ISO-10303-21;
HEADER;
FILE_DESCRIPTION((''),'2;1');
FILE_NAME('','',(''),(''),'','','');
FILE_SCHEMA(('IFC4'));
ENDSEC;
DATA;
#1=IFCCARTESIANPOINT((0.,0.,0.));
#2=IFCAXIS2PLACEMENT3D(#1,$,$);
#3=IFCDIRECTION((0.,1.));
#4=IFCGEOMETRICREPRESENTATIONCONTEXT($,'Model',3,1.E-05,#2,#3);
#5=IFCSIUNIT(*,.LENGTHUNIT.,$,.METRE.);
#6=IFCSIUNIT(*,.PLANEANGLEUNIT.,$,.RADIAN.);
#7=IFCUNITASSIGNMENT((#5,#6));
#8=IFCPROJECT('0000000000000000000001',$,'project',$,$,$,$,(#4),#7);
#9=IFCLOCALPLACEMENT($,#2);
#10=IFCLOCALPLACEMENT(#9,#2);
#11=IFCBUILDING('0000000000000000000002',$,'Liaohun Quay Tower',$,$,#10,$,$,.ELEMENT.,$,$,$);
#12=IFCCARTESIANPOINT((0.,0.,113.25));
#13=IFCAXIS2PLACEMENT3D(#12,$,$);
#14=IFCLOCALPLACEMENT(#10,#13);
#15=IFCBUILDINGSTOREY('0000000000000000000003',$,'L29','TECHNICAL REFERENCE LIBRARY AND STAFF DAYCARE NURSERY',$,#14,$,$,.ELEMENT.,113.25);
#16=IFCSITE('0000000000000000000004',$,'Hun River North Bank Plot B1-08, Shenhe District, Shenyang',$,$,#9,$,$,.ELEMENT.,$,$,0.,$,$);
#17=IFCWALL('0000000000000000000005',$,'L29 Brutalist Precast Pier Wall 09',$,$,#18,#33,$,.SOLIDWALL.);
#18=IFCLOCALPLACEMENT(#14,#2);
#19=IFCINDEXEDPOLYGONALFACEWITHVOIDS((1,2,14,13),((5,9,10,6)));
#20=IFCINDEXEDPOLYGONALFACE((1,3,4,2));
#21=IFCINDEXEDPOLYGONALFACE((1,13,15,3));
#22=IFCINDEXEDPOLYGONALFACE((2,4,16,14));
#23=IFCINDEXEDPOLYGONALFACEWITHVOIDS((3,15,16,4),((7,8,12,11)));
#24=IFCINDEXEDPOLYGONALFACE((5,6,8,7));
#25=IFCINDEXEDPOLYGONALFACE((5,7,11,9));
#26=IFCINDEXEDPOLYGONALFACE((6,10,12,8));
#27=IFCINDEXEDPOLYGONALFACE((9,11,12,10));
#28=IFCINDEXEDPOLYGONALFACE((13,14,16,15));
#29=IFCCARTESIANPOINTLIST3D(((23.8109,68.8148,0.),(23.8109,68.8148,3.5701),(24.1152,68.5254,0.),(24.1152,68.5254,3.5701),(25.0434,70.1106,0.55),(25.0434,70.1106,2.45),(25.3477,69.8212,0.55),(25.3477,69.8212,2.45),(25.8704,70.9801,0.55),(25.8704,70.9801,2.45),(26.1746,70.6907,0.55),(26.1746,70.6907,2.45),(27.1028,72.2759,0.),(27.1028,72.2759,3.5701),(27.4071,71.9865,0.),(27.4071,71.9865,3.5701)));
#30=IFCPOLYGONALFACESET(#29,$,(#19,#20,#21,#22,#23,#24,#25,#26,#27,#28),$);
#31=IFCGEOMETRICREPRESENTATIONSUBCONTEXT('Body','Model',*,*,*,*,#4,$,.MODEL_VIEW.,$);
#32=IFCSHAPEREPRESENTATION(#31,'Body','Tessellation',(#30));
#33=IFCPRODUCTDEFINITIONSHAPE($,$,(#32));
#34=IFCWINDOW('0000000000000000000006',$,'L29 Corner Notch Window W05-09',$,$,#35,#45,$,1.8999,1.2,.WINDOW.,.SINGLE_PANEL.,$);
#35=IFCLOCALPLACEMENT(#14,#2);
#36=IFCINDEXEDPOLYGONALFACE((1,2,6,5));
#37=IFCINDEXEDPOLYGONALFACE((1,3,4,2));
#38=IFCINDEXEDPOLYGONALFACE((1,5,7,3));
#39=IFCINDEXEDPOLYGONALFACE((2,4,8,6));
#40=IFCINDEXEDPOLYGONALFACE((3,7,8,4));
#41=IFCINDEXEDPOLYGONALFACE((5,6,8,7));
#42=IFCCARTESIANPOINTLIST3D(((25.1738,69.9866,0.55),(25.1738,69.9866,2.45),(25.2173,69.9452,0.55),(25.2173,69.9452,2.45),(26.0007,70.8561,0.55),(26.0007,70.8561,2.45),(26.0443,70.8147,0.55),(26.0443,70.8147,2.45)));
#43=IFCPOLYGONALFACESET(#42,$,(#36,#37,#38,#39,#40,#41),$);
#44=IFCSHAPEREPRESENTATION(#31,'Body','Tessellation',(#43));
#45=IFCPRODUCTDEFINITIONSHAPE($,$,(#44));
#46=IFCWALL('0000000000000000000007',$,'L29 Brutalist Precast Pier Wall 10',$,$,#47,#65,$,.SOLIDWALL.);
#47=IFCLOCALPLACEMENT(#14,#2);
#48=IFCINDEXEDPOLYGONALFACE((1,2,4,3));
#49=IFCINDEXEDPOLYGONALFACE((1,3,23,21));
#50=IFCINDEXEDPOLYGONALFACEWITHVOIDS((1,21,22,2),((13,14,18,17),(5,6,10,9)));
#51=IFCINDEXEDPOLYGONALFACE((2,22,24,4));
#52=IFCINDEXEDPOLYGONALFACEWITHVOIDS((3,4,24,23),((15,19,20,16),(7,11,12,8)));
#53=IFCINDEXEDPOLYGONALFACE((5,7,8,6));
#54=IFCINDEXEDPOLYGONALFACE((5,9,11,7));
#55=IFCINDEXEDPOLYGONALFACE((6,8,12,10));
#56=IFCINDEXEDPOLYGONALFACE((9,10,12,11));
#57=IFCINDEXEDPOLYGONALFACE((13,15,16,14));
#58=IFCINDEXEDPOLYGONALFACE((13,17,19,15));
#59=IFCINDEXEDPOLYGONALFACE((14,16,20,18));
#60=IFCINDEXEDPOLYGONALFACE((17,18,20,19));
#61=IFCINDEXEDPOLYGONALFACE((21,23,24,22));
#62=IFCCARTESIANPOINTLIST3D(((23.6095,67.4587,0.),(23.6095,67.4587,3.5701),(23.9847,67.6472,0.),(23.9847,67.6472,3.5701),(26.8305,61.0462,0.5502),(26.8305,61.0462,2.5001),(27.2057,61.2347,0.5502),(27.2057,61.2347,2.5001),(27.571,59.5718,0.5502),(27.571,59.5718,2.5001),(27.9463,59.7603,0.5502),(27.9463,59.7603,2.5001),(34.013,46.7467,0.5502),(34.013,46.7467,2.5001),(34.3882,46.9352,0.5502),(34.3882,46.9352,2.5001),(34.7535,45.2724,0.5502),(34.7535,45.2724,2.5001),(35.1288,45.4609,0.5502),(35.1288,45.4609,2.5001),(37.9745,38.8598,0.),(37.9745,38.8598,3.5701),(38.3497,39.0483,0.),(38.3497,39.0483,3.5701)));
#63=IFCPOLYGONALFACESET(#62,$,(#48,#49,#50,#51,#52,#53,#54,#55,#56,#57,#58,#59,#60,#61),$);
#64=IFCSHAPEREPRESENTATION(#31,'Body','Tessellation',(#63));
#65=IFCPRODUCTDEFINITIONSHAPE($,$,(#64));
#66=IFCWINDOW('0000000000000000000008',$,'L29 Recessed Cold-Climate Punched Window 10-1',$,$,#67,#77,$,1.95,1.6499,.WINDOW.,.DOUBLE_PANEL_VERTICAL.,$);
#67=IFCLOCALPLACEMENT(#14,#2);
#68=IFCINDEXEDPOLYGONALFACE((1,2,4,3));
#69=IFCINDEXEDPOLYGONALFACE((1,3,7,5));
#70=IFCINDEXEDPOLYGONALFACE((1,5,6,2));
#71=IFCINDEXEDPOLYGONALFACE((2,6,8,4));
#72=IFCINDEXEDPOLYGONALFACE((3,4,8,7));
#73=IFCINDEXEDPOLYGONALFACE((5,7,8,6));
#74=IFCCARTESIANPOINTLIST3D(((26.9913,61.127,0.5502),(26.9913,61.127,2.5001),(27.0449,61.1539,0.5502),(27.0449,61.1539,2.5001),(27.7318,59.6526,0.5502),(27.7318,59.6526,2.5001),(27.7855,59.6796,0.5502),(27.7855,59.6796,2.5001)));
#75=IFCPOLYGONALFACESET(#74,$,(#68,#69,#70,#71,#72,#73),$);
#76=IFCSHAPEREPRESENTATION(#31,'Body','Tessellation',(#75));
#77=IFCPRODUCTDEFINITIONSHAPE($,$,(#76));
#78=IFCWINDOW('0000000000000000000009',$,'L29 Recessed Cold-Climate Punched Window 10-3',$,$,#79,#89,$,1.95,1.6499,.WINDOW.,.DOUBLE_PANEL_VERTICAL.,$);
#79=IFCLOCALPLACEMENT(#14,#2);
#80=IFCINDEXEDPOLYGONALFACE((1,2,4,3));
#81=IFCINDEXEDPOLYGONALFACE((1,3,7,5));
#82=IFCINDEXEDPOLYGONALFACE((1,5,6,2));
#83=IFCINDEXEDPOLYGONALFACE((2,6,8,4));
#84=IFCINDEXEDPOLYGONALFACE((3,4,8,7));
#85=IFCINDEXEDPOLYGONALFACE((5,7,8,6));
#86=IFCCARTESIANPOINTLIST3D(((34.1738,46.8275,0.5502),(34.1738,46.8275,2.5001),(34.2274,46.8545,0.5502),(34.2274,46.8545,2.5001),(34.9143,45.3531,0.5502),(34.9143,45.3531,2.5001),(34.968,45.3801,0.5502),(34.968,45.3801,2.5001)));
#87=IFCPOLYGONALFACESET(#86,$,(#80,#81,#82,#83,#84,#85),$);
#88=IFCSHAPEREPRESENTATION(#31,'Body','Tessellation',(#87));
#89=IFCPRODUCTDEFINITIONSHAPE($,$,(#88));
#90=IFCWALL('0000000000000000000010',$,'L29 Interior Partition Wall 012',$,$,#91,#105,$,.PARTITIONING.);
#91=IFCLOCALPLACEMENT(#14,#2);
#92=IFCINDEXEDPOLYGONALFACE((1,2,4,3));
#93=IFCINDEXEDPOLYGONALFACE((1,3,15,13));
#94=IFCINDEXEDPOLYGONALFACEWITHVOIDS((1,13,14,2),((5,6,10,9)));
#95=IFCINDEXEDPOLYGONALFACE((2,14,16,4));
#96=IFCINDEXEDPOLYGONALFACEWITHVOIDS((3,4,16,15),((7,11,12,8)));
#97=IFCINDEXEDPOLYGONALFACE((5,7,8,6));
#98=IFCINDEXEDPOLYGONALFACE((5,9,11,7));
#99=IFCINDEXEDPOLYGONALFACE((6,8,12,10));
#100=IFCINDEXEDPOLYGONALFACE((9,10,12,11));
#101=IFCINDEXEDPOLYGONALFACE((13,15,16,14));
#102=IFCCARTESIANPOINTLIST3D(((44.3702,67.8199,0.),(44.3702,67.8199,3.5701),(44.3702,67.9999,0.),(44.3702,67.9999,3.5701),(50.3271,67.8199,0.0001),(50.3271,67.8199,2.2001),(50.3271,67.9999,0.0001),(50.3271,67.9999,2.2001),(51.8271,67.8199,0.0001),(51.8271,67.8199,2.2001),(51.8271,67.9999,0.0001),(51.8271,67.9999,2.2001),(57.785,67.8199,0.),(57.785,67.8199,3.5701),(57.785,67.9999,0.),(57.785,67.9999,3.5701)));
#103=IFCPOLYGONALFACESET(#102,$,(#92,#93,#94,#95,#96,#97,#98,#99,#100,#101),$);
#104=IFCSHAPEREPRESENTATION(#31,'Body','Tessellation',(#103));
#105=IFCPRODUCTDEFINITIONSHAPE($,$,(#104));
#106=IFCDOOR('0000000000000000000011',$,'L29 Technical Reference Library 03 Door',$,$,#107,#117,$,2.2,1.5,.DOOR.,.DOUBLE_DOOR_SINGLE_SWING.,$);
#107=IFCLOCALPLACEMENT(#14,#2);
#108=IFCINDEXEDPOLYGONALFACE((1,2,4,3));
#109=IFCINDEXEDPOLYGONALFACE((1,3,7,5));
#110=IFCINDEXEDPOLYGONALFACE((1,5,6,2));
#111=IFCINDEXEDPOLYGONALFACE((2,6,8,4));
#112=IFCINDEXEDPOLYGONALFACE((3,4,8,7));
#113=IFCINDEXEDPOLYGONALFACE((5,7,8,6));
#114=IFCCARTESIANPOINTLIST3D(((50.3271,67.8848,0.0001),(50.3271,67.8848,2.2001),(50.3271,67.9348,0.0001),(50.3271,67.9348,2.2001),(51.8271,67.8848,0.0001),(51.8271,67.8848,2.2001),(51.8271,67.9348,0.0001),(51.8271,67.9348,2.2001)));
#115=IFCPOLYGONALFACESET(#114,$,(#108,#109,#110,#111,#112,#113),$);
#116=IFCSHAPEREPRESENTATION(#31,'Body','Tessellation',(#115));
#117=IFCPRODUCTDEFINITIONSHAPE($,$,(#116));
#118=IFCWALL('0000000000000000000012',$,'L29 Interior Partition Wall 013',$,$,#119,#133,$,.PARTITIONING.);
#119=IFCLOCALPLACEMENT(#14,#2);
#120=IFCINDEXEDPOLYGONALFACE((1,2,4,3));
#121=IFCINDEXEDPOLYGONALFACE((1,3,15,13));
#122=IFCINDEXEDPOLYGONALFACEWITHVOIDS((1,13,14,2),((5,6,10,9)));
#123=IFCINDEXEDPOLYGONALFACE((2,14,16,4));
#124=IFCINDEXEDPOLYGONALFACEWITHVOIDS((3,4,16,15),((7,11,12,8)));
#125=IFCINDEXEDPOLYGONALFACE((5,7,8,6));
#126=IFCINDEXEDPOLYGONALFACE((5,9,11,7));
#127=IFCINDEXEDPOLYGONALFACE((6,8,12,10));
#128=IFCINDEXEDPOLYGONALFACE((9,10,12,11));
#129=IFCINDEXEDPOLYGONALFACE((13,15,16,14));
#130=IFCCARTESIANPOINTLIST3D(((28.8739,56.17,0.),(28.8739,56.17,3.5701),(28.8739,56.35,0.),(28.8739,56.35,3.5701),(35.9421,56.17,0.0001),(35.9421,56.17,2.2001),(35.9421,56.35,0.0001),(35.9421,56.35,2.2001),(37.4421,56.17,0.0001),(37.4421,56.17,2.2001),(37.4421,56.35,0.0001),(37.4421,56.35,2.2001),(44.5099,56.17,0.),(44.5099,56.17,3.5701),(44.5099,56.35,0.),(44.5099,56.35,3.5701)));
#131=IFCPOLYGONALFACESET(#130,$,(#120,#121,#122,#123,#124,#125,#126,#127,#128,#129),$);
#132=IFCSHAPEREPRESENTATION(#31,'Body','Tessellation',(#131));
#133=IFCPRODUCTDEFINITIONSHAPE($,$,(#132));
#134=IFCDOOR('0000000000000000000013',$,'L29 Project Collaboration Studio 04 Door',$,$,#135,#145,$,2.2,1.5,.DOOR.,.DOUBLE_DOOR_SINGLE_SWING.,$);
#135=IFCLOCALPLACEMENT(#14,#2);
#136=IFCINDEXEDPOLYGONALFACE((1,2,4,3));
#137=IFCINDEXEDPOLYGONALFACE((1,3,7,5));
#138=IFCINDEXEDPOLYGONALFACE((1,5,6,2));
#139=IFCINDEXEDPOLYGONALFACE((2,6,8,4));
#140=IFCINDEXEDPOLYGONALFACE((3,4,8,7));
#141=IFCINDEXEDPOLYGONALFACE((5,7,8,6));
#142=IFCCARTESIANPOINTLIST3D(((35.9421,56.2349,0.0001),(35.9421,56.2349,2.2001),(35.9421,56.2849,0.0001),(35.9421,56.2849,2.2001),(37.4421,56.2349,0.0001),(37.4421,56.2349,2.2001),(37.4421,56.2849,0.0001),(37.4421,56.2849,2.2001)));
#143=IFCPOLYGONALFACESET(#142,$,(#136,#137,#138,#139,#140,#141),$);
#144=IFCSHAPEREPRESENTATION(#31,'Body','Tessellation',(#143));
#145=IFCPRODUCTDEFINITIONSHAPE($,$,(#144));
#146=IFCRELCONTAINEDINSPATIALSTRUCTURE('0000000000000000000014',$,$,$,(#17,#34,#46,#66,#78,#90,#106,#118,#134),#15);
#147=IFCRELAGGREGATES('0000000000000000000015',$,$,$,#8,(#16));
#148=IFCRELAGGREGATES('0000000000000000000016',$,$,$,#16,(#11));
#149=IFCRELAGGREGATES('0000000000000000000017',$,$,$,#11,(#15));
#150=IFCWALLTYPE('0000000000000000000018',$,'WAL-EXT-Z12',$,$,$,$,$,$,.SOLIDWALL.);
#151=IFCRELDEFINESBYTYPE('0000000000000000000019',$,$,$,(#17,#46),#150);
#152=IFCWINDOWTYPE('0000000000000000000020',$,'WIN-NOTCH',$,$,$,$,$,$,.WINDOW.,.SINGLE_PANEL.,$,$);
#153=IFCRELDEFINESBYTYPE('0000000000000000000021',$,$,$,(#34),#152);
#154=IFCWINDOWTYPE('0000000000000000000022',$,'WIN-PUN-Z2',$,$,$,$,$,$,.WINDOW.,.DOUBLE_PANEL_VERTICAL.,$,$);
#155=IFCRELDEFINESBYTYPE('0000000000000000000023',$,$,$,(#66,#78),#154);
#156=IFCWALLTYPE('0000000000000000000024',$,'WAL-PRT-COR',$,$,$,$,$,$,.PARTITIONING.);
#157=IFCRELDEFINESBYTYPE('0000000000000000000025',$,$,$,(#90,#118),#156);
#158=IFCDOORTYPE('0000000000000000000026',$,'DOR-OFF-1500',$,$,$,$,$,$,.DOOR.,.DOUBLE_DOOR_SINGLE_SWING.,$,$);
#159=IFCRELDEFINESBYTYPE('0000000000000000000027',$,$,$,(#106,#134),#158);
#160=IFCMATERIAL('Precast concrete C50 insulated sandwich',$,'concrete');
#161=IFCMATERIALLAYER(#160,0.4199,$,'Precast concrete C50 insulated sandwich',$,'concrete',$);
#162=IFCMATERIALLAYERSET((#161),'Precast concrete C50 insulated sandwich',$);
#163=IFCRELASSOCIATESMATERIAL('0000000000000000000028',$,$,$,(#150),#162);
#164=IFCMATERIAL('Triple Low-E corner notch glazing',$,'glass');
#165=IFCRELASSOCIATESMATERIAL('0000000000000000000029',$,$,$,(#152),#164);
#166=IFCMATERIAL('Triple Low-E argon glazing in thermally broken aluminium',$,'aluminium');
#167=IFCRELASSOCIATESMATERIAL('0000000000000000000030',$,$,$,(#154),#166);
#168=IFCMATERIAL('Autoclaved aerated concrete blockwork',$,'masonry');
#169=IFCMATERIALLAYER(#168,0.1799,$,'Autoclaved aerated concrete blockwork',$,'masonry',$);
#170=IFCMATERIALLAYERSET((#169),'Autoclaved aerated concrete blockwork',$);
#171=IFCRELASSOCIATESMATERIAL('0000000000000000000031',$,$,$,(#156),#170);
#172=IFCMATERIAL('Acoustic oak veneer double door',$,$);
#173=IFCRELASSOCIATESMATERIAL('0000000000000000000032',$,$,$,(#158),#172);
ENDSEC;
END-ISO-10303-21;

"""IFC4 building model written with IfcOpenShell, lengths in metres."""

from ifc_helpers import new_model, si_unit, direction, frame, frame_2d, origin, place, context, subcontext, project, spatial, rectangle, extrude, source, transform, mapped, material, layer, layer_set, type_object, element, fill, save


model = new_model("IFC4")

# Units and contexts
model_context = context("Model", 3, precision=1e-05, world=origin(), true_north=direction((0.0, 1.0)))
body_context = subcontext(model_context, "Body", "Model", "MODEL_VIEW")
ifc_project = project(units=[si_unit("LENGTHUNIT", "METRE"), si_unit("PLANEANGLEUNIT", "RADIAN")], contexts=[model_context])

# Site, building, storey
site_placement = place(None, origin())
site = spatial("IfcSite", under=ifc_project, at=site_placement, Name="Hun River North Bank Plot B1-08, Shenhe District, Shenyang", CompositionType="ELEMENT", RefElevation=0.0)
building_placement = place(site_placement, origin())
building = spatial("IfcBuilding", under=site, at=building_placement, Name="Liaohun Quay Tower", CompositionType="ELEMENT")
storey_placement = place(building_placement, frame((0.0, 0.0, 113.25)))
storey = spatial("IfcBuildingStorey", under=building, at=storey_placement, Name="L29", Description="TECHNICAL REFERENCE LIBRARY AND STAFF DAYCARE NURSERY", CompositionType="ELEMENT", Elevation=113.25)

# Wall, opening, window
ifc_material_1 = material(Name="Precast concrete C50 insulated sandwich", Category="concrete")
ifc_layer_1 = layer(ifc_material_1, 0.4199, Name="Precast concrete C50 insulated sandwich", Category="concrete")
ifc_layer_set_1 = layer_set([ifc_layer_1], Name="Precast concrete C50 insulated sandwich")
wall_type_1 = type_object("IfcWallType", Name="WAL-EXT-Z12", PredefinedType="SOLIDWALL", material=ifc_layer_set_1)
shared_shape_1 = source(origin(), body_context, "Body", "SweptSolid", [
    extrude(rectangle(XDim=1.2, YDim=1.8999, at=frame_2d((0.6001, 0.95))), frame((0.0, 0.22, 0.0), z_axis=(0.0, -1.0, 0.0), x_axis=(1.0, 0.0, 0.0)), (0.0, 0.0, 1.0), 0.4399),
])
ifc_material_2 = material(Name="Triple Low-E corner notch glazing", Category="glass")
window_type_1 = type_object("IfcWindowType", Name="WIN-NOTCH", PartitioningType="SINGLE_PANEL", PredefinedType="WINDOW", material=ifc_material_2)
shared_shape_2 = source(origin(), body_context, "Body", "SweptSolid", [
    extrude(rectangle(XDim=1.2, YDim=1.8999, at=frame_2d((0.6001, 0.95))), frame((0.0, 0.03, 0.0), z_axis=(0.0, -1.0, 0.0), x_axis=(1.0, 0.0, 0.0)), (0.0, 0.0, 1.0), 0.0601),
])
wall_1_placement = place(storey_placement, frame((27.2549, 72.1311, 0.0), z_axis=(0.0, 0.0, 1.0), x_axis=(-0.689175, -0.724595, 0.0)))
wall_1 = element("IfcWall", 1, at=wall_1_placement, inside=storey, type_object=wall_type_1, Name="L29 Brutalist Precast Pier Wall 09", PredefinedType="SOLIDWALL", context=body_context, shape_type="SweptSolid", body=[
    extrude(rectangle(XDim=4.7766, YDim=0.4199, at=frame_2d((2.3882, 0.0))), origin(), (0.0, 0.0, 1.0), 3.5701),
])
opening_1_placement = place(wall_1_placement, frame((1.7881, 0.0, 0.55)))
opening_1 = element("IfcOpeningElement", 2, at=opening_1_placement, cuts=wall_1, PredefinedType="OPENING", context=body_context, shape_type="MappedRepresentation", body=[
    mapped(shared_shape_1, transform((0.0, 0.0, 0.0), x_axis=(1.0, 0.0, 0.0), y_axis=(0.0, 1.0, 0.0), z_axis=(0.0, 0.0, 1.0), scale=1.0)),
])
window_1_placement = place(opening_1_placement, origin())
window_1 = element("IfcWindow", 3, at=window_1_placement, inside=storey, type_object=window_type_1, Name="L29 Corner Notch Window W05-09", OverallHeight=1.8999, OverallWidth=1.2, PartitioningType="SINGLE_PANEL", PredefinedType="WINDOW", context=body_context, shape_type="MappedRepresentation", body=[
    mapped(shared_shape_2, transform((0.0, 0.0, 0.0), x_axis=(1.0, 0.0, 0.0), y_axis=(0.0, 1.0, 0.0), z_axis=(0.0, 0.0, 1.0), scale=1.0)),
])
fill(opening_1, window_1)

# Wall, openings, windows
wall_2_placement = place(storey_placement, frame((23.7971, 67.553, 0.0), z_axis=(0.0, 0.0, 1.0), x_axis=(0.448851, -0.893606, 0.0)))
wall_2 = element("IfcWall", 4, at=wall_2_placement, inside=storey, type_object=wall_type_1, Name="L29 Brutalist Precast Pier Wall 10", PredefinedType="SOLIDWALL", context=body_context, shape_type="SweptSolid", body=[
    extrude(rectangle(XDim=32.0039, YDim=0.4199, at=frame_2d((16.002, 0.0))), origin(), (0.0, 0.0, 1.0), 3.5701),
])
shared_shape_3 = source(origin(), body_context, "Body", "SweptSolid", [
    extrude(rectangle(XDim=1.6499, YDim=1.95, at=frame_2d((0.825, 0.9751))), frame((0.0, 0.22, 0.0), z_axis=(0.0, -1.0, 0.0), x_axis=(1.0, 0.0, 0.0)), (0.0, 0.0, 1.0), 0.4399),
])
opening_2_placement = place(wall_2_placement, frame((7.176, 0.0, 0.55)))
opening_2 = element("IfcOpeningElement", 5, at=opening_2_placement, cuts=wall_2, PredefinedType="OPENING", context=body_context, shape_type="MappedRepresentation", body=[
    mapped(shared_shape_3, transform((0.0, 0.0, 0.0), x_axis=(1.0, 0.0, 0.0), y_axis=(0.0, 1.0, 0.0), z_axis=(0.0, 0.0, 1.0), scale=1.0)),
])
opening_3_placement = place(wall_2_placement, frame((23.178, 0.0, 0.55)))
opening_3 = element("IfcOpeningElement", 6, at=opening_3_placement, cuts=wall_2, PredefinedType="OPENING", context=body_context, shape_type="MappedRepresentation", body=[
    mapped(shared_shape_3, transform((0.0, 0.0, 0.0), x_axis=(1.0, 0.0, 0.0), y_axis=(0.0, 1.0, 0.0), z_axis=(0.0, 0.0, 1.0), scale=1.0)),
])
ifc_material_3 = material(Name="Triple Low-E argon glazing in thermally broken aluminium", Category="aluminium")
window_type_2 = type_object("IfcWindowType", Name="WIN-PUN-Z2", PartitioningType="DOUBLE_PANEL_VERTICAL", PredefinedType="WINDOW", material=ifc_material_3)
shared_shape_4 = source(origin(), body_context, "Body", "SweptSolid", [
    extrude(rectangle(XDim=1.6499, YDim=1.95, at=frame_2d((0.825, 0.9751))), frame((0.0, 0.03, 0.0), z_axis=(0.0, -1.0, 0.0), x_axis=(1.0, 0.0, 0.0)), (0.0, 0.0, 1.0), 0.0601),
])
window_2_placement = place(opening_2_placement, origin())
window_2 = element("IfcWindow", 7, at=window_2_placement, inside=storey, type_object=window_type_2, Name="L29 Recessed Cold-Climate Punched Window 10-1", OverallHeight=1.95, OverallWidth=1.6499, PartitioningType="DOUBLE_PANEL_VERTICAL", PredefinedType="WINDOW", context=body_context, shape_type="MappedRepresentation", body=[
    mapped(shared_shape_4, transform((0.0, 0.0, 0.0), x_axis=(1.0, 0.0, 0.0), y_axis=(0.0, 1.0, 0.0), z_axis=(0.0, 0.0, 1.0), scale=1.0)),
])
fill(opening_2, window_2)
window_3_placement = place(opening_3_placement, origin())
window_3 = element("IfcWindow", 8, at=window_3_placement, inside=storey, type_object=window_type_2, Name="L29 Recessed Cold-Climate Punched Window 10-3", OverallHeight=1.95, OverallWidth=1.6499, PartitioningType="DOUBLE_PANEL_VERTICAL", PredefinedType="WINDOW", context=body_context, shape_type="MappedRepresentation", body=[
    mapped(shared_shape_4, transform((0.0, 0.0, 0.0), x_axis=(1.0, 0.0, 0.0), y_axis=(0.0, 1.0, 0.0), z_axis=(0.0, 0.0, 1.0), scale=1.0)),
])
fill(opening_3, window_3)

# Walls, openings, doors
ifc_material_4 = material(Name="Autoclaved aerated concrete blockwork", Category="masonry")
ifc_layer_2 = layer(ifc_material_4, 0.1799, Name="Autoclaved aerated concrete blockwork", Category="masonry")
ifc_layer_set_2 = layer_set([ifc_layer_2], Name="Autoclaved aerated concrete blockwork")
wall_type_2 = type_object("IfcWallType", Name="WAL-PRT-COR", PredefinedType="PARTITIONING", material=ifc_layer_set_2)
wall_3_placement = place(storey_placement, frame((44.3701, 67.9099, 0.0), z_axis=(0.0, 0.0, 1.0), x_axis=(1.0, 0.0, 0.0)))
wall_3 = element("IfcWall", 9, at=wall_3_placement, inside=storey, type_object=wall_type_2, Name="L29 Interior Partition Wall 012", PredefinedType="PARTITIONING", context=body_context, shape_type="SweptSolid", body=[
    extrude(rectangle(XDim=13.4148, YDim=0.1799, at=frame_2d((6.7075, 0.0))), origin(), (0.0, 0.0, 1.0), 3.5701),
])
shared_shape_5 = source(origin(), body_context, "Body", "SweptSolid", [
    extrude(rectangle(XDim=1.5, YDim=2.2, at=frame_2d((0.75, 1.1001))), frame((0.0, 0.0999, 0.0), z_axis=(0.0, -1.0, 0.0), x_axis=(1.0, 0.0, 0.0)), (0.0, 0.0, 1.0), 0.2),
])
opening_4_placement = place(wall_3_placement, frame((5.957, 0.0, 0.0)))
opening_4 = element("IfcOpeningElement", 10, at=opening_4_placement, cuts=wall_3, PredefinedType="OPENING", context=body_context, shape_type="MappedRepresentation", body=[
    mapped(shared_shape_5, transform((0.0, 0.0, 0.0), x_axis=(1.0, 0.0, 0.0), y_axis=(0.0, 1.0, 0.0), z_axis=(0.0, 0.0, 1.0), scale=1.0)),
])
ifc_material_5 = material(Name="Acoustic oak veneer double door")
door_type = type_object("IfcDoorType", Name="DOR-OFF-1500", OperationType="DOUBLE_DOOR_SINGLE_SWING", PredefinedType="DOOR", material=ifc_material_5)
shared_shape_6 = source(origin(), body_context, "Body", "SweptSolid", [
    extrude(rectangle(XDim=1.5, YDim=2.2, at=frame_2d((0.75, 1.1001))), frame((0.0, 0.0249, 0.0), z_axis=(0.0, -1.0, 0.0), x_axis=(1.0, 0.0, 0.0)), (0.0, 0.0, 1.0), 0.05),
])
door_1_placement = place(opening_4_placement, origin())
door_1 = element("IfcDoor", 11, at=door_1_placement, inside=storey, type_object=door_type, Name="L29 Technical Reference Library 03 Door", OperationType="DOUBLE_DOOR_SINGLE_SWING", OverallHeight=2.2, OverallWidth=1.5, PredefinedType="DOOR", context=body_context, shape_type="MappedRepresentation", body=[
    mapped(shared_shape_6, transform((0.0, 0.0, 0.0), x_axis=(1.0, 0.0, 0.0), y_axis=(0.0, 1.0, 0.0), z_axis=(0.0, 0.0, 1.0), scale=1.0)),
])
fill(opening_4, door_1)
wall_4_placement = place(storey_placement, frame((28.874, 56.26, 0.0), z_axis=(0.0, 0.0, 1.0), x_axis=(1.0, 0.0, 0.0)))
wall_4 = element("IfcWall", 12, at=wall_4_placement, inside=storey, type_object=wall_type_2, Name="L29 Interior Partition Wall 013", PredefinedType="PARTITIONING", context=body_context, shape_type="SweptSolid", body=[
    extrude(rectangle(XDim=15.636, YDim=0.1799, at=frame_2d((7.8179, 0.0))), origin(), (0.0, 0.0, 1.0), 3.5701),
])
opening_5_placement = place(wall_4_placement, frame((7.0681, 0.0, 0.0)))
opening_5 = element("IfcOpeningElement", 13, at=opening_5_placement, cuts=wall_4, PredefinedType="OPENING", context=body_context, shape_type="MappedRepresentation", body=[
    mapped(shared_shape_5, transform((0.0, 0.0, 0.0), x_axis=(1.0, 0.0, 0.0), y_axis=(0.0, 1.0, 0.0), z_axis=(0.0, 0.0, 1.0), scale=1.0)),
])
door_2_placement = place(opening_5_placement, origin())
door_2 = element("IfcDoor", 14, at=door_2_placement, inside=storey, type_object=door_type, Name="L29 Project Collaboration Studio 04 Door", OperationType="DOUBLE_DOOR_SINGLE_SWING", OverallHeight=2.2, OverallWidth=1.5, PredefinedType="DOOR", context=body_context, shape_type="MappedRepresentation", body=[
    mapped(shared_shape_6, transform((0.0, 0.0, 0.0), x_axis=(1.0, 0.0, 0.0), y_axis=(0.0, 1.0, 0.0), z_axis=(0.0, 0.0, 1.0), scale=1.0)),
])
fill(opening_5, door_2)

save(model, "model.ifc")
